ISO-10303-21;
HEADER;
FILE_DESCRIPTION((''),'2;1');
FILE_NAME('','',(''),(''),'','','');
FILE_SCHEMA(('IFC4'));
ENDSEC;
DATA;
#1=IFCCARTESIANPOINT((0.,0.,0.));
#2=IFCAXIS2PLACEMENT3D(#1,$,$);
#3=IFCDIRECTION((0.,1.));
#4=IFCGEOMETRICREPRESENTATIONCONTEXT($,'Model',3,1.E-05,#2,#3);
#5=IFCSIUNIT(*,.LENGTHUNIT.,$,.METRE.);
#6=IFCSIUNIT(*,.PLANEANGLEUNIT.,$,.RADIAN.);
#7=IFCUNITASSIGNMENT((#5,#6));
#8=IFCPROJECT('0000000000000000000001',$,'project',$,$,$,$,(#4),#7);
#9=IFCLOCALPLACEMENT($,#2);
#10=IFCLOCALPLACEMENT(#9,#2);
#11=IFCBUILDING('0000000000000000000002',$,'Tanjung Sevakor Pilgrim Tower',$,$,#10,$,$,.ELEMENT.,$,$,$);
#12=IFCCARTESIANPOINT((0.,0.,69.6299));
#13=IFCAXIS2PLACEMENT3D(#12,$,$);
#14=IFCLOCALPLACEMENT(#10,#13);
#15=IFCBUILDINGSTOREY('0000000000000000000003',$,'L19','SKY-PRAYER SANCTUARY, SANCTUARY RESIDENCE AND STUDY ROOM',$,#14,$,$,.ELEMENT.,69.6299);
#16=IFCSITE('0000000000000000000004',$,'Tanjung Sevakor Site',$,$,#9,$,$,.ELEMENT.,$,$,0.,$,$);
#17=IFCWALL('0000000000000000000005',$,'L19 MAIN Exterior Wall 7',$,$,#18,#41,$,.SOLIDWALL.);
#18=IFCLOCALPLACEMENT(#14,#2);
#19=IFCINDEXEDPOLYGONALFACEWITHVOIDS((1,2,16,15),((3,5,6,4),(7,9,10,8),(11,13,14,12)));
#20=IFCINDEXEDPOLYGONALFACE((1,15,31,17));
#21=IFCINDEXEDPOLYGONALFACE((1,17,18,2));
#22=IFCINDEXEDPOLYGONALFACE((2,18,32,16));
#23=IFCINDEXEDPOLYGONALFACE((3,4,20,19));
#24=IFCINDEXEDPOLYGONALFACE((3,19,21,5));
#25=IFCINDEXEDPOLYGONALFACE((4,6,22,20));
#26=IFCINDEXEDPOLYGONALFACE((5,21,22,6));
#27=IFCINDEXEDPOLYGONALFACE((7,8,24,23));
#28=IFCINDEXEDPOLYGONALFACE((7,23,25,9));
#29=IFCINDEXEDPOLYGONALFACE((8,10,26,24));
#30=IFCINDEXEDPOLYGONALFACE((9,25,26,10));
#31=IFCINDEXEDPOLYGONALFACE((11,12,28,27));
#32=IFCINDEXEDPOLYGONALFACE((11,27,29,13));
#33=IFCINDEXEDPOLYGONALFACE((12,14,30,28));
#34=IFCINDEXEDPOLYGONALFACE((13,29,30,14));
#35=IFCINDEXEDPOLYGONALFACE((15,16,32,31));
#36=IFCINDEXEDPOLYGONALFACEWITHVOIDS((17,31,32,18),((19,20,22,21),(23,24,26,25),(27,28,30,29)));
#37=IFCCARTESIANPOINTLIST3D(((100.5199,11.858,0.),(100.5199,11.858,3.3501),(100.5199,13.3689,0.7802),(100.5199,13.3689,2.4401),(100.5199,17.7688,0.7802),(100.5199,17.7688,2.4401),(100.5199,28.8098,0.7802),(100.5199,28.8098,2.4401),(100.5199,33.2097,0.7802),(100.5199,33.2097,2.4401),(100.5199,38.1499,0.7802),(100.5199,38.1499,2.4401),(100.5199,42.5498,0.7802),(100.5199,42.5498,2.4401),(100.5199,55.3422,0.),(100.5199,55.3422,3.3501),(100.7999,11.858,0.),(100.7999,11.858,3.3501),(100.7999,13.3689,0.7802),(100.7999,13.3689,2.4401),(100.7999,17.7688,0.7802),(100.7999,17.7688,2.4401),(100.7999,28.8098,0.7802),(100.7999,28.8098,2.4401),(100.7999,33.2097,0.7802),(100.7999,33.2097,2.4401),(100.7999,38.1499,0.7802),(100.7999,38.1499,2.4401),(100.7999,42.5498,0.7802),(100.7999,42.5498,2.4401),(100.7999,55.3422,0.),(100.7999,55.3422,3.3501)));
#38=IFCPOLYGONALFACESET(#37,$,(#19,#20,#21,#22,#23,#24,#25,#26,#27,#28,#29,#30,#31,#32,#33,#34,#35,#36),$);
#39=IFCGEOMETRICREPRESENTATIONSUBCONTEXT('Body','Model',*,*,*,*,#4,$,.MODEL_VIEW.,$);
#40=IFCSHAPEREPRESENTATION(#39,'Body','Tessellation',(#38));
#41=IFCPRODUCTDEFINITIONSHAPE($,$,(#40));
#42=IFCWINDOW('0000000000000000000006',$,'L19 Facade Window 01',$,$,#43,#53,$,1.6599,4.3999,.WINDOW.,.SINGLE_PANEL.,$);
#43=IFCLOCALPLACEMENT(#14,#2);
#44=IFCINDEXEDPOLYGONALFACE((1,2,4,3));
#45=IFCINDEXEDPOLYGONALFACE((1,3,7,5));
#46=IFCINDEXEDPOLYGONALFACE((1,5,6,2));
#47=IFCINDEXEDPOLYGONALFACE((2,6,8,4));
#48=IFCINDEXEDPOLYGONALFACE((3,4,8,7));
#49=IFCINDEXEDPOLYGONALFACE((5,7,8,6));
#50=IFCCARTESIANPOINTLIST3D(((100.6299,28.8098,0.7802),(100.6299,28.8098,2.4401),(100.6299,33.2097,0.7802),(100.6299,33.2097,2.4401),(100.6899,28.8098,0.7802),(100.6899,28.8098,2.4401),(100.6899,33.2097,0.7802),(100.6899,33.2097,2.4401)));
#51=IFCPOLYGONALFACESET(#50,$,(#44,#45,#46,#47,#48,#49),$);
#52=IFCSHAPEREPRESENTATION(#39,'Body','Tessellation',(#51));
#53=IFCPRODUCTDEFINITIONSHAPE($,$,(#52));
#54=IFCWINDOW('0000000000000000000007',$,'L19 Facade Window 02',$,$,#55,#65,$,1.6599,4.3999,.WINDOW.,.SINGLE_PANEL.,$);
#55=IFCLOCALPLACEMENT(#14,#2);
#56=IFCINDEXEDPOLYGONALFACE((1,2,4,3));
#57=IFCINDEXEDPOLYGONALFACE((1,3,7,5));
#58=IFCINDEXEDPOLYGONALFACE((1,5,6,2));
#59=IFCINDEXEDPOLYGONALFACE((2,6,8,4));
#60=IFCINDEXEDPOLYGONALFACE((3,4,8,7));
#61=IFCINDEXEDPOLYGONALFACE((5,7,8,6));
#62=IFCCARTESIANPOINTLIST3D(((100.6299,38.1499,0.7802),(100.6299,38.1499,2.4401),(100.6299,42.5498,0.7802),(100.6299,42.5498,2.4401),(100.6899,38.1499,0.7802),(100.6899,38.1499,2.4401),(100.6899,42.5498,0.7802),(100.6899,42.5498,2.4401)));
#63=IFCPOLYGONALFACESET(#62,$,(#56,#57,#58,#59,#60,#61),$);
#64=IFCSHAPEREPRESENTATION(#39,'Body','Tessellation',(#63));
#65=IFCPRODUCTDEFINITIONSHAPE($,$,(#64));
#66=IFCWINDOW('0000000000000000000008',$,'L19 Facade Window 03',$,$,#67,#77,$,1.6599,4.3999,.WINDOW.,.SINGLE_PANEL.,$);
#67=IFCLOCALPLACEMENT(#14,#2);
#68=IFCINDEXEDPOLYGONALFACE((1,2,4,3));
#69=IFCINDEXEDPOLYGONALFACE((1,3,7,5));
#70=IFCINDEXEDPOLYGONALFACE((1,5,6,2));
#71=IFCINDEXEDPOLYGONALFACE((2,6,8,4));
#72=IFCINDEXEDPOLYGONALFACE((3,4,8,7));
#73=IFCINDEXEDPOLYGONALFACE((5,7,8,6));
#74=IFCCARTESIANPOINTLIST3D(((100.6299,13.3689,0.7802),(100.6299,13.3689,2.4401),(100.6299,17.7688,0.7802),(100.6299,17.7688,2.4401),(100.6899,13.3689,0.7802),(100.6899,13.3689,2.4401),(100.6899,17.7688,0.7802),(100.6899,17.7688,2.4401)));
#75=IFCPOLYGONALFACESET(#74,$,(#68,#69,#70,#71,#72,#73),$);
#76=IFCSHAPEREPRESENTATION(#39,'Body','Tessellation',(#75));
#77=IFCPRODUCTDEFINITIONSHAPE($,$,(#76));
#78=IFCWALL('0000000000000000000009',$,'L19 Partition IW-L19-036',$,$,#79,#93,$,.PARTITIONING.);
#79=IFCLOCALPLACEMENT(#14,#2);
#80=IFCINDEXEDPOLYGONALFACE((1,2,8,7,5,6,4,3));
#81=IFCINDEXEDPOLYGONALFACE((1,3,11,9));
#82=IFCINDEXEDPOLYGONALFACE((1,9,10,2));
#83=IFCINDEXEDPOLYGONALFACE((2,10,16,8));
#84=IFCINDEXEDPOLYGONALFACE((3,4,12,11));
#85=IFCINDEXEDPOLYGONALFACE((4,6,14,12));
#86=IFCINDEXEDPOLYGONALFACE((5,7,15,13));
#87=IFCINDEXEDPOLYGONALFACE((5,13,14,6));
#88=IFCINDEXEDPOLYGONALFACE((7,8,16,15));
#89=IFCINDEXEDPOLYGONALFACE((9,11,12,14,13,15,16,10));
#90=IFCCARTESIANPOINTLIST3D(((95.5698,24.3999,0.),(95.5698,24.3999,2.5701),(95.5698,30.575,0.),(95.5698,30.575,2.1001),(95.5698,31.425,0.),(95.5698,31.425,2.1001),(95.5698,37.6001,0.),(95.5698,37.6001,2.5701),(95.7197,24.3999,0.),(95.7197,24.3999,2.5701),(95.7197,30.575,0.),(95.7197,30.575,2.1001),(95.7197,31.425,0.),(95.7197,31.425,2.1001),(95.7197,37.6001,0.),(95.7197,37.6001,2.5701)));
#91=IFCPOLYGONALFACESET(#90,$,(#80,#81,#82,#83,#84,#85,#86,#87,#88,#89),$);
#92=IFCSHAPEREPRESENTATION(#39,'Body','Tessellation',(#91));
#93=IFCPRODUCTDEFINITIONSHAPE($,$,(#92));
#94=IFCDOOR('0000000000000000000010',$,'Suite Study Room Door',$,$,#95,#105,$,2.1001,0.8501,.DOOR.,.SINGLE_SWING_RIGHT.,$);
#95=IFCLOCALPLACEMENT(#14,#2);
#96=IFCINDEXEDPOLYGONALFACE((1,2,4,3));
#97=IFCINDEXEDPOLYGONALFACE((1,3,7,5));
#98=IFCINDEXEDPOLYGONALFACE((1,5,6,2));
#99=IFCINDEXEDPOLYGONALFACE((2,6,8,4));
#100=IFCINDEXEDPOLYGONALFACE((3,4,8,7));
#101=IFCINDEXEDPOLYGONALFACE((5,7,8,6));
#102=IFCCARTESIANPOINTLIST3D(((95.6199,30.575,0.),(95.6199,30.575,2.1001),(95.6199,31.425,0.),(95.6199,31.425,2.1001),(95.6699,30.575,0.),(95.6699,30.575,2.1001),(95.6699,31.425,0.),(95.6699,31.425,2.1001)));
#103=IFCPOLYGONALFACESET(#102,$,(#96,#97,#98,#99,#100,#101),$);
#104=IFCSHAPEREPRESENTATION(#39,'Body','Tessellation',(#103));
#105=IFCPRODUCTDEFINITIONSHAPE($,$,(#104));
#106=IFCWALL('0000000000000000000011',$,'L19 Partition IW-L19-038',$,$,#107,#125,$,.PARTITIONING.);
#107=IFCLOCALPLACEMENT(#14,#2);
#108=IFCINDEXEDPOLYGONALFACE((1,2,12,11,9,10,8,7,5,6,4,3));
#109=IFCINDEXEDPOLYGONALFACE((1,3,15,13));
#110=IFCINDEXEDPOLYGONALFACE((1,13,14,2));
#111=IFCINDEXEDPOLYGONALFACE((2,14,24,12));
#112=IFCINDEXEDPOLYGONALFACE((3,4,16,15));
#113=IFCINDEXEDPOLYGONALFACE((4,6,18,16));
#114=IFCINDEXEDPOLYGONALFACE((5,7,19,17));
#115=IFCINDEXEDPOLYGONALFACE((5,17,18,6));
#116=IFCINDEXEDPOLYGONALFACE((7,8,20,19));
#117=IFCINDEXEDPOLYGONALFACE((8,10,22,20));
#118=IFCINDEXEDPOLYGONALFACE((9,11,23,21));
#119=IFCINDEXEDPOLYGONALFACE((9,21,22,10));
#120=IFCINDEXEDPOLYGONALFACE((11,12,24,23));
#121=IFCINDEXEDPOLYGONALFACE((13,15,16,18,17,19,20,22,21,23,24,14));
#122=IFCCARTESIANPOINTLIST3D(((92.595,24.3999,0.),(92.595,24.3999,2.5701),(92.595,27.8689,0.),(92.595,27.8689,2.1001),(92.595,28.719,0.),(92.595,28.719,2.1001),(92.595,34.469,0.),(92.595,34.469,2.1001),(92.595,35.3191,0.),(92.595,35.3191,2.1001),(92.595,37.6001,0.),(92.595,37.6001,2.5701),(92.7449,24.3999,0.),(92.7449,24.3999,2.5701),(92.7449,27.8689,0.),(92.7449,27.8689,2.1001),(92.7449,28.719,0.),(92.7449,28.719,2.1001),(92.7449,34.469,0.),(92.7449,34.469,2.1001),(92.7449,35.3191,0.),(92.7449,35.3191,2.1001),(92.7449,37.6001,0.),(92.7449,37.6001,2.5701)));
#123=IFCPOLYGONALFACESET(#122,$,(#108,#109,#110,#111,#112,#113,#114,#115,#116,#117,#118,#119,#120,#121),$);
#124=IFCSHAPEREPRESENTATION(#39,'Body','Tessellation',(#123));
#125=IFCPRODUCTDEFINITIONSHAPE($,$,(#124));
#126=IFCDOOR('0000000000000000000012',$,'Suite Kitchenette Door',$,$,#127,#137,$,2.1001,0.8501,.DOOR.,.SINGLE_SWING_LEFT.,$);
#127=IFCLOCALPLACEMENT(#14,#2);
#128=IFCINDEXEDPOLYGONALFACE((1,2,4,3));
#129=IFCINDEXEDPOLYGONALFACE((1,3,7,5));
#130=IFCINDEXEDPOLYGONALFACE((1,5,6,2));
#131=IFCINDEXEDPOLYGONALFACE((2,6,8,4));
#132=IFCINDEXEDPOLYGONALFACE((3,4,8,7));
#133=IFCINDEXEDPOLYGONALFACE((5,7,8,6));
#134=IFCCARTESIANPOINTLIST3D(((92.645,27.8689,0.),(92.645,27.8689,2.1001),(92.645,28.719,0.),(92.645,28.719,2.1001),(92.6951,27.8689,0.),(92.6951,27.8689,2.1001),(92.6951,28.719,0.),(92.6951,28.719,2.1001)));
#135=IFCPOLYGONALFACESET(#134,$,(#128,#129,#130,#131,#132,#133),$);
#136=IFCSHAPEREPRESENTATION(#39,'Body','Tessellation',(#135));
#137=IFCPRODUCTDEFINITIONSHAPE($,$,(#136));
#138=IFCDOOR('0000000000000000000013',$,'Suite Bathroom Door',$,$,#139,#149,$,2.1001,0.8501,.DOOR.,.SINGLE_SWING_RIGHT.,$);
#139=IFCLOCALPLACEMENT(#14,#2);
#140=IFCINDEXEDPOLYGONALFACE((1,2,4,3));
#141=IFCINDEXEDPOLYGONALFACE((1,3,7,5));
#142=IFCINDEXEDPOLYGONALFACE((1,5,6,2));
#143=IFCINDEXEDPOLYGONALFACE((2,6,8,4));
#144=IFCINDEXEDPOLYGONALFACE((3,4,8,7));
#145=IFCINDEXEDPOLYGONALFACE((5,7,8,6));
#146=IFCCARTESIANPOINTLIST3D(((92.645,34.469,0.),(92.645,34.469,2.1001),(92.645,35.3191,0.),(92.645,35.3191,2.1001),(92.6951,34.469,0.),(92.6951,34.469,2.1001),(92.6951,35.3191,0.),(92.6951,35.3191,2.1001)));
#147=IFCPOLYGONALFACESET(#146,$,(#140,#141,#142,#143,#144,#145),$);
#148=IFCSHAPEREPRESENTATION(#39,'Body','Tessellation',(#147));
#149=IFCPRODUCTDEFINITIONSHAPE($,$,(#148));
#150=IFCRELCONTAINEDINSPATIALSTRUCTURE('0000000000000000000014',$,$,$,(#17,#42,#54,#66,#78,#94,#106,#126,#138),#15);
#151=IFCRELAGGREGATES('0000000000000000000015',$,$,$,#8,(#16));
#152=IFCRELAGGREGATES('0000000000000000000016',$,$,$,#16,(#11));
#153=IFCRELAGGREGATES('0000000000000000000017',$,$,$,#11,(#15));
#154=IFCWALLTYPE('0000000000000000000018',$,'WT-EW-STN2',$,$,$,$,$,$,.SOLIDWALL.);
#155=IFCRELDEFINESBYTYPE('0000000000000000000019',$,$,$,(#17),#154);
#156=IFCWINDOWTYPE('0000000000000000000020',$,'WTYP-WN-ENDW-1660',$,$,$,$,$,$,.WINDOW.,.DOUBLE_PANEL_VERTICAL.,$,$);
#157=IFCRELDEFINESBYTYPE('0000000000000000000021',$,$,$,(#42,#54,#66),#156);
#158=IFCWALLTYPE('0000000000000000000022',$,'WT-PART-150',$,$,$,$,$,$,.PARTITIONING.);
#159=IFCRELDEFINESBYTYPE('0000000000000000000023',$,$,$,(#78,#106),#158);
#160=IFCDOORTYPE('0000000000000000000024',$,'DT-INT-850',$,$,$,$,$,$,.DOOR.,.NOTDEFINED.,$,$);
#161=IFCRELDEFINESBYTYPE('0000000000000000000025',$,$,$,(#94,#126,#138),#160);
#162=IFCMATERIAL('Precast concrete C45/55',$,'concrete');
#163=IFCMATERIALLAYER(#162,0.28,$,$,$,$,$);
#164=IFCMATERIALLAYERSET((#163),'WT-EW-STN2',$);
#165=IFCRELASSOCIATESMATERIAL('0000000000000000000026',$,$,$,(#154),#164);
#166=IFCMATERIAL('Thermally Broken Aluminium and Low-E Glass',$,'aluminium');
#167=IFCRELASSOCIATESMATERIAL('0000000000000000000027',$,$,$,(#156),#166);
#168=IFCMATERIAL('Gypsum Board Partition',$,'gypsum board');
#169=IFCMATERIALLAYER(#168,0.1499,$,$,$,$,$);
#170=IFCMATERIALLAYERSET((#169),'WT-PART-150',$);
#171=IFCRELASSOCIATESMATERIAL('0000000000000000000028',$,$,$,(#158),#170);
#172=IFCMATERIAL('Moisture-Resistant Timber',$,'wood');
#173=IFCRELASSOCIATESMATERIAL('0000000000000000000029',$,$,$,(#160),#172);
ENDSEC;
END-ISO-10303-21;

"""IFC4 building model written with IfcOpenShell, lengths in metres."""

from ifc_helpers import new_model, si_unit, direction, frame, frame_2d, origin, place, context, subcontext, project, spatial, rectangle, extrude, material, layer, layer_set, type_object, element, fill, save


model = new_model("IFC4")

# Units and contexts
model_context = context("Model", 3, precision=1e-05, world=origin(), true_north=direction((0.0, 1.0)))
body_context = subcontext(model_context, "Body", "Model", "MODEL_VIEW")
ifc_project = project(units=[si_unit("LENGTHUNIT", "METRE"), si_unit("PLANEANGLEUNIT", "RADIAN")], contexts=[model_context])

# Site, building, storey
site_placement = place(None, origin())
site = spatial("IfcSite", under=ifc_project, at=site_placement, Name="Tanjung Sevakor Site", CompositionType="ELEMENT", RefElevation=0.0)
building_placement = place(site_placement, origin())
building = spatial("IfcBuilding", under=site, at=building_placement, Name="Tanjung Sevakor Pilgrim Tower", CompositionType="ELEMENT")
storey_placement = place(building_placement, frame((0.0, 0.0, 69.6299)))
storey = spatial("IfcBuildingStorey", under=building, at=storey_placement, Name="L19", Description="SKY-PRAYER SANCTUARY, SANCTUARY RESIDENCE AND STUDY ROOM", CompositionType="ELEMENT", Elevation=69.6299)

# Shared definitions
ifc_material_1 = material(Name="Precast concrete C45/55", Category="concrete")
ifc_layer_1 = layer(ifc_material_1, 0.28)
ifc_layer_set_1 = layer_set([ifc_layer_1], Name="WT-EW-STN2")
wall_type_1 = type_object("IfcWallType", Name="WT-EW-STN2", PredefinedType="SOLIDWALL", material=ifc_layer_set_1)

# Wall, openings, windows
wall_1_placement = place(storey_placement, frame((100.6599, 11.8579, 0.0), z_axis=(0.0, 0.0, 1.0), x_axis=(0.0, 1.0, 0.0)))
wall_1 = element("IfcWall", 1, at=wall_1_placement, inside=storey, type_object=wall_type_1, Name="L19 MAIN Exterior Wall 7", PredefinedType="SOLIDWALL", context=body_context, shape_type="SweptSolid", body=[
    extrude(rectangle(XDim=43.4841, YDim=0.28, at=frame_2d((21.7422, 0.0))), origin(), (0.0, 0.0, 1.0), 3.3501),
])
opening_1_placement = place(wall_1_placement, frame((16.9519, 0.0, 0.78)))
opening_1 = element("IfcOpeningElement", 2, at=opening_1_placement, cuts=wall_1, PredefinedType="OPENING", context=body_context, shape_type="SweptSolid", body=[
    extrude(rectangle(XDim=4.3999, YDim=1.6599, at=frame_2d((2.2, 0.8301))), frame((0.0, 0.1499, 0.0), z_axis=(0.0, -1.0, 0.0), x_axis=(1.0, 0.0, 0.0)), (0.0, 0.0, 1.0), 0.3),
])
opening_2_placement = place(wall_1_placement, frame((26.292, 0.0, 0.78)))
opening_2 = element("IfcOpeningElement", 3, at=opening_2_placement, cuts=wall_1, PredefinedType="OPENING", context=body_context, shape_type="SweptSolid", body=[
    extrude(rectangle(XDim=4.3999, YDim=1.6599, at=frame_2d((2.2, 0.8301))), frame((0.0, 0.1499, 0.0), z_axis=(0.0, -1.0, 0.0), x_axis=(1.0, 0.0, 0.0)), (0.0, 0.0, 1.0), 0.3),
])
opening_3_placement = place(wall_1_placement, frame((1.511, 0.0, 0.78)))
opening_3 = element("IfcOpeningElement", 4, at=opening_3_placement, cuts=wall_1, PredefinedType="OPENING", context=body_context, shape_type="SweptSolid", body=[
    extrude(rectangle(XDim=4.3999, YDim=1.6599, at=frame_2d((2.2, 0.8301))), frame((0.0, 0.1499, 0.0), z_axis=(0.0, -1.0, 0.0), x_axis=(1.0, 0.0, 0.0)), (0.0, 0.0, 1.0), 0.3),
])
ifc_material_2 = material(Name="Thermally Broken Aluminium and Low-E Glass", Category="aluminium")
window_type_1 = type_object("IfcWindowType", Name="WTYP-WN-ENDW-1660", PartitioningType="DOUBLE_PANEL_VERTICAL", PredefinedType="WINDOW", material=ifc_material_2)
window_1_placement = place(opening_1_placement, origin())
window_1 = element("IfcWindow", 5, at=window_1_placement, inside=storey, type_object=window_type_1, Name="L19 Facade Window 01", OverallHeight=1.6599, OverallWidth=4.3999, PartitioningType="SINGLE_PANEL", PredefinedType="WINDOW", context=body_context, shape_type="SweptSolid", body=[
    extrude(rectangle(XDim=4.3999, YDim=1.6599, at=frame_2d((2.2, 0.8301))), frame((0.0, 0.03, 0.0), z_axis=(0.0, -1.0, 0.0), x_axis=(1.0, 0.0, 0.0)), (0.0, 0.0, 1.0), 0.0601),
])
fill(opening_1, window_1)
window_2_placement = place(opening_2_placement, origin())
window_2 = element("IfcWindow", 6, at=window_2_placement, inside=storey, type_object=window_type_1, Name="L19 Facade Window 02", OverallHeight=1.6599, OverallWidth=4.3999, PartitioningType="SINGLE_PANEL", PredefinedType="WINDOW", context=body_context, shape_type="SweptSolid", body=[
    extrude(rectangle(XDim=4.3999, YDim=1.6599, at=frame_2d((2.2, 0.8301))), frame((0.0, 0.03, 0.0), z_axis=(0.0, -1.0, 0.0), x_axis=(1.0, 0.0, 0.0)), (0.0, 0.0, 1.0), 0.0601),
])
fill(opening_2, window_2)
window_3_placement = place(opening_3_placement, origin())
window_3 = element("IfcWindow", 7, at=window_3_placement, inside=storey, type_object=window_type_1, Name="L19 Facade Window 03", OverallHeight=1.6599, OverallWidth=4.3999, PartitioningType="SINGLE_PANEL", PredefinedType="WINDOW", context=body_context, shape_type="SweptSolid", body=[
    extrude(rectangle(XDim=4.3999, YDim=1.6599, at=frame_2d((2.2, 0.8301))), frame((0.0, 0.03, 0.0), z_axis=(0.0, -1.0, 0.0), x_axis=(1.0, 0.0, 0.0)), (0.0, 0.0, 1.0), 0.0601),
])
fill(opening_3, window_3)

# Wall, opening, door
ifc_material_3 = material(Name="Gypsum Board Partition", Category="gypsum board")
ifc_layer_2 = layer(ifc_material_3, 0.1499)
ifc_layer_set_2 = layer_set([ifc_layer_2], Name="WT-PART-150")
wall_type_2 = type_object("IfcWallType", Name="WT-PART-150", PredefinedType="PARTITIONING", material=ifc_layer_set_2)
wall_2_placement = place(storey_placement, frame((95.6448, 24.3999, 0.0), z_axis=(0.0, 0.0, 1.0), x_axis=(0.0, 1.0, 0.0)))
wall_2 = element("IfcWall", 8, at=wall_2_placement, inside=storey, type_object=wall_type_2, Name="L19 Partition IW-L19-036", PredefinedType="PARTITIONING", context=body_context, shape_type="SweptSolid", body=[
    extrude(rectangle(XDim=13.2002, YDim=0.1499, at=frame_2d((6.6001, 0.0))), origin(), (0.0, 0.0, 1.0), 2.5701),
])
opening_4_placement = place(wall_2_placement, frame((6.175, 0.0, 0.0)))
opening_4 = element("IfcOpeningElement", 9, at=opening_4_placement, cuts=wall_2, PredefinedType="OPENING", context=body_context, shape_type="SweptSolid", body=[
    extrude(rectangle(XDim=0.8501, YDim=2.1001, at=frame_2d((0.425, 1.05))), frame((0.0, 0.085, 0.0), z_axis=(0.0, -1.0, 0.0), x_axis=(1.0, 0.0, 0.0)), (0.0, 0.0, 1.0), 0.1699),
])
ifc_material_4 = material(Name="Moisture-Resistant Timber", Category="wood")
door_type_1 = type_object("IfcDoorType", Name="DT-INT-850", OperationType="NOTDEFINED", PredefinedType="DOOR", material=ifc_material_4)
door_1_placement = place(opening_4_placement, origin())
door_1 = element("IfcDoor", 10, at=door_1_placement, inside=storey, type_object=door_type_1, Name="Suite Study Room Door", OperationType="SINGLE_SWING_RIGHT", OverallHeight=2.1001, OverallWidth=0.8501, PredefinedType="DOOR", context=body_context, shape_type="SweptSolid", body=[
    extrude(rectangle(XDim=0.8501, YDim=2.1001, at=frame_2d((0.425, 1.05))), frame((0.0, 0.0249, 0.0), z_axis=(0.0, -1.0, 0.0), x_axis=(1.0, 0.0, 0.0)), (0.0, 0.0, 1.0), 0.05),
])
fill(opening_4, door_1)

# Wall, openings, doors
wall_3_placement = place(storey_placement, frame((92.6699, 24.3999, 0.0), z_axis=(0.0, 0.0, 1.0), x_axis=(0.0, 1.0, 0.0)))
wall_3 = element("IfcWall", 11, at=wall_3_placement, inside=storey, type_object=wall_type_2, Name="L19 Partition IW-L19-038", PredefinedType="PARTITIONING", context=body_context, shape_type="SweptSolid", body=[
    extrude(rectangle(XDim=13.2002, YDim=0.1499, at=frame_2d((6.6001, 0.0))), origin(), (0.0, 0.0, 1.0), 2.5701),
])
opening_5_placement = place(wall_3_placement, frame((3.469, 0.0, 0.0)))
opening_5 = element("IfcOpeningElement", 12, at=opening_5_placement, cuts=wall_3, PredefinedType="OPENING", context=body_context, shape_type="SweptSolid", body=[
    extrude(rectangle(XDim=0.8501, YDim=2.1001, at=frame_2d((0.425, 1.05))), frame((0.0, 0.085, 0.0), z_axis=(0.0, -1.0, 0.0), x_axis=(1.0, 0.0, 0.0)), (0.0, 0.0, 1.0), 0.1699),
])
opening_6_placement = place(wall_3_placement, frame((10.0691, 0.0, 0.0)))
opening_6 = element("IfcOpeningElement", 13, at=opening_6_placement, cuts=wall_3, PredefinedType="OPENING", context=body_context, shape_type="SweptSolid", body=[
    extrude(rectangle(XDim=0.8501, YDim=2.1001, at=frame_2d((0.425, 1.05))), frame((0.0, 0.085, 0.0), z_axis=(0.0, -1.0, 0.0), x_axis=(1.0, 0.0, 0.0)), (0.0, 0.0, 1.0), 0.1699),
])
door_2_placement = place(opening_5_placement, origin())
door_2 = element("IfcDoor", 14, at=door_2_placement, inside=storey, type_object=door_type_1, Name="Suite Kitchenette Door", OperationType="SINGLE_SWING_LEFT", OverallHeight=2.1001, OverallWidth=0.8501, PredefinedType="DOOR", context=body_context, shape_type="SweptSolid", body=[
    extrude(rectangle(XDim=0.8501, YDim=2.1001, at=frame_2d((0.425, 1.05))), frame((0.0, 0.0249, 0.0), z_axis=(0.0, -1.0, 0.0), x_axis=(1.0, 0.0, 0.0)), (0.0, 0.0, 1.0), 0.05),
])
fill(opening_5, door_2)
door_3_placement = place(opening_6_placement, origin())
door_3 = element("IfcDoor", 15, at=door_3_placement, inside=storey, type_object=door_type_1, Name="Suite Bathroom Door", OperationType="SINGLE_SWING_RIGHT", OverallHeight=2.1001, OverallWidth=0.8501, PredefinedType="DOOR", context=body_context, shape_type="SweptSolid", body=[
    extrude(rectangle(XDim=0.8501, YDim=2.1001, at=frame_2d((0.425, 1.05))), frame((0.0, 0.0249, 0.0), z_axis=(0.0, -1.0, 0.0), x_axis=(1.0, 0.0, 0.0)), (0.0, 0.0, 1.0), 0.05),
])
fill(opening_6, door_3)

save(model, "model.ifc")
